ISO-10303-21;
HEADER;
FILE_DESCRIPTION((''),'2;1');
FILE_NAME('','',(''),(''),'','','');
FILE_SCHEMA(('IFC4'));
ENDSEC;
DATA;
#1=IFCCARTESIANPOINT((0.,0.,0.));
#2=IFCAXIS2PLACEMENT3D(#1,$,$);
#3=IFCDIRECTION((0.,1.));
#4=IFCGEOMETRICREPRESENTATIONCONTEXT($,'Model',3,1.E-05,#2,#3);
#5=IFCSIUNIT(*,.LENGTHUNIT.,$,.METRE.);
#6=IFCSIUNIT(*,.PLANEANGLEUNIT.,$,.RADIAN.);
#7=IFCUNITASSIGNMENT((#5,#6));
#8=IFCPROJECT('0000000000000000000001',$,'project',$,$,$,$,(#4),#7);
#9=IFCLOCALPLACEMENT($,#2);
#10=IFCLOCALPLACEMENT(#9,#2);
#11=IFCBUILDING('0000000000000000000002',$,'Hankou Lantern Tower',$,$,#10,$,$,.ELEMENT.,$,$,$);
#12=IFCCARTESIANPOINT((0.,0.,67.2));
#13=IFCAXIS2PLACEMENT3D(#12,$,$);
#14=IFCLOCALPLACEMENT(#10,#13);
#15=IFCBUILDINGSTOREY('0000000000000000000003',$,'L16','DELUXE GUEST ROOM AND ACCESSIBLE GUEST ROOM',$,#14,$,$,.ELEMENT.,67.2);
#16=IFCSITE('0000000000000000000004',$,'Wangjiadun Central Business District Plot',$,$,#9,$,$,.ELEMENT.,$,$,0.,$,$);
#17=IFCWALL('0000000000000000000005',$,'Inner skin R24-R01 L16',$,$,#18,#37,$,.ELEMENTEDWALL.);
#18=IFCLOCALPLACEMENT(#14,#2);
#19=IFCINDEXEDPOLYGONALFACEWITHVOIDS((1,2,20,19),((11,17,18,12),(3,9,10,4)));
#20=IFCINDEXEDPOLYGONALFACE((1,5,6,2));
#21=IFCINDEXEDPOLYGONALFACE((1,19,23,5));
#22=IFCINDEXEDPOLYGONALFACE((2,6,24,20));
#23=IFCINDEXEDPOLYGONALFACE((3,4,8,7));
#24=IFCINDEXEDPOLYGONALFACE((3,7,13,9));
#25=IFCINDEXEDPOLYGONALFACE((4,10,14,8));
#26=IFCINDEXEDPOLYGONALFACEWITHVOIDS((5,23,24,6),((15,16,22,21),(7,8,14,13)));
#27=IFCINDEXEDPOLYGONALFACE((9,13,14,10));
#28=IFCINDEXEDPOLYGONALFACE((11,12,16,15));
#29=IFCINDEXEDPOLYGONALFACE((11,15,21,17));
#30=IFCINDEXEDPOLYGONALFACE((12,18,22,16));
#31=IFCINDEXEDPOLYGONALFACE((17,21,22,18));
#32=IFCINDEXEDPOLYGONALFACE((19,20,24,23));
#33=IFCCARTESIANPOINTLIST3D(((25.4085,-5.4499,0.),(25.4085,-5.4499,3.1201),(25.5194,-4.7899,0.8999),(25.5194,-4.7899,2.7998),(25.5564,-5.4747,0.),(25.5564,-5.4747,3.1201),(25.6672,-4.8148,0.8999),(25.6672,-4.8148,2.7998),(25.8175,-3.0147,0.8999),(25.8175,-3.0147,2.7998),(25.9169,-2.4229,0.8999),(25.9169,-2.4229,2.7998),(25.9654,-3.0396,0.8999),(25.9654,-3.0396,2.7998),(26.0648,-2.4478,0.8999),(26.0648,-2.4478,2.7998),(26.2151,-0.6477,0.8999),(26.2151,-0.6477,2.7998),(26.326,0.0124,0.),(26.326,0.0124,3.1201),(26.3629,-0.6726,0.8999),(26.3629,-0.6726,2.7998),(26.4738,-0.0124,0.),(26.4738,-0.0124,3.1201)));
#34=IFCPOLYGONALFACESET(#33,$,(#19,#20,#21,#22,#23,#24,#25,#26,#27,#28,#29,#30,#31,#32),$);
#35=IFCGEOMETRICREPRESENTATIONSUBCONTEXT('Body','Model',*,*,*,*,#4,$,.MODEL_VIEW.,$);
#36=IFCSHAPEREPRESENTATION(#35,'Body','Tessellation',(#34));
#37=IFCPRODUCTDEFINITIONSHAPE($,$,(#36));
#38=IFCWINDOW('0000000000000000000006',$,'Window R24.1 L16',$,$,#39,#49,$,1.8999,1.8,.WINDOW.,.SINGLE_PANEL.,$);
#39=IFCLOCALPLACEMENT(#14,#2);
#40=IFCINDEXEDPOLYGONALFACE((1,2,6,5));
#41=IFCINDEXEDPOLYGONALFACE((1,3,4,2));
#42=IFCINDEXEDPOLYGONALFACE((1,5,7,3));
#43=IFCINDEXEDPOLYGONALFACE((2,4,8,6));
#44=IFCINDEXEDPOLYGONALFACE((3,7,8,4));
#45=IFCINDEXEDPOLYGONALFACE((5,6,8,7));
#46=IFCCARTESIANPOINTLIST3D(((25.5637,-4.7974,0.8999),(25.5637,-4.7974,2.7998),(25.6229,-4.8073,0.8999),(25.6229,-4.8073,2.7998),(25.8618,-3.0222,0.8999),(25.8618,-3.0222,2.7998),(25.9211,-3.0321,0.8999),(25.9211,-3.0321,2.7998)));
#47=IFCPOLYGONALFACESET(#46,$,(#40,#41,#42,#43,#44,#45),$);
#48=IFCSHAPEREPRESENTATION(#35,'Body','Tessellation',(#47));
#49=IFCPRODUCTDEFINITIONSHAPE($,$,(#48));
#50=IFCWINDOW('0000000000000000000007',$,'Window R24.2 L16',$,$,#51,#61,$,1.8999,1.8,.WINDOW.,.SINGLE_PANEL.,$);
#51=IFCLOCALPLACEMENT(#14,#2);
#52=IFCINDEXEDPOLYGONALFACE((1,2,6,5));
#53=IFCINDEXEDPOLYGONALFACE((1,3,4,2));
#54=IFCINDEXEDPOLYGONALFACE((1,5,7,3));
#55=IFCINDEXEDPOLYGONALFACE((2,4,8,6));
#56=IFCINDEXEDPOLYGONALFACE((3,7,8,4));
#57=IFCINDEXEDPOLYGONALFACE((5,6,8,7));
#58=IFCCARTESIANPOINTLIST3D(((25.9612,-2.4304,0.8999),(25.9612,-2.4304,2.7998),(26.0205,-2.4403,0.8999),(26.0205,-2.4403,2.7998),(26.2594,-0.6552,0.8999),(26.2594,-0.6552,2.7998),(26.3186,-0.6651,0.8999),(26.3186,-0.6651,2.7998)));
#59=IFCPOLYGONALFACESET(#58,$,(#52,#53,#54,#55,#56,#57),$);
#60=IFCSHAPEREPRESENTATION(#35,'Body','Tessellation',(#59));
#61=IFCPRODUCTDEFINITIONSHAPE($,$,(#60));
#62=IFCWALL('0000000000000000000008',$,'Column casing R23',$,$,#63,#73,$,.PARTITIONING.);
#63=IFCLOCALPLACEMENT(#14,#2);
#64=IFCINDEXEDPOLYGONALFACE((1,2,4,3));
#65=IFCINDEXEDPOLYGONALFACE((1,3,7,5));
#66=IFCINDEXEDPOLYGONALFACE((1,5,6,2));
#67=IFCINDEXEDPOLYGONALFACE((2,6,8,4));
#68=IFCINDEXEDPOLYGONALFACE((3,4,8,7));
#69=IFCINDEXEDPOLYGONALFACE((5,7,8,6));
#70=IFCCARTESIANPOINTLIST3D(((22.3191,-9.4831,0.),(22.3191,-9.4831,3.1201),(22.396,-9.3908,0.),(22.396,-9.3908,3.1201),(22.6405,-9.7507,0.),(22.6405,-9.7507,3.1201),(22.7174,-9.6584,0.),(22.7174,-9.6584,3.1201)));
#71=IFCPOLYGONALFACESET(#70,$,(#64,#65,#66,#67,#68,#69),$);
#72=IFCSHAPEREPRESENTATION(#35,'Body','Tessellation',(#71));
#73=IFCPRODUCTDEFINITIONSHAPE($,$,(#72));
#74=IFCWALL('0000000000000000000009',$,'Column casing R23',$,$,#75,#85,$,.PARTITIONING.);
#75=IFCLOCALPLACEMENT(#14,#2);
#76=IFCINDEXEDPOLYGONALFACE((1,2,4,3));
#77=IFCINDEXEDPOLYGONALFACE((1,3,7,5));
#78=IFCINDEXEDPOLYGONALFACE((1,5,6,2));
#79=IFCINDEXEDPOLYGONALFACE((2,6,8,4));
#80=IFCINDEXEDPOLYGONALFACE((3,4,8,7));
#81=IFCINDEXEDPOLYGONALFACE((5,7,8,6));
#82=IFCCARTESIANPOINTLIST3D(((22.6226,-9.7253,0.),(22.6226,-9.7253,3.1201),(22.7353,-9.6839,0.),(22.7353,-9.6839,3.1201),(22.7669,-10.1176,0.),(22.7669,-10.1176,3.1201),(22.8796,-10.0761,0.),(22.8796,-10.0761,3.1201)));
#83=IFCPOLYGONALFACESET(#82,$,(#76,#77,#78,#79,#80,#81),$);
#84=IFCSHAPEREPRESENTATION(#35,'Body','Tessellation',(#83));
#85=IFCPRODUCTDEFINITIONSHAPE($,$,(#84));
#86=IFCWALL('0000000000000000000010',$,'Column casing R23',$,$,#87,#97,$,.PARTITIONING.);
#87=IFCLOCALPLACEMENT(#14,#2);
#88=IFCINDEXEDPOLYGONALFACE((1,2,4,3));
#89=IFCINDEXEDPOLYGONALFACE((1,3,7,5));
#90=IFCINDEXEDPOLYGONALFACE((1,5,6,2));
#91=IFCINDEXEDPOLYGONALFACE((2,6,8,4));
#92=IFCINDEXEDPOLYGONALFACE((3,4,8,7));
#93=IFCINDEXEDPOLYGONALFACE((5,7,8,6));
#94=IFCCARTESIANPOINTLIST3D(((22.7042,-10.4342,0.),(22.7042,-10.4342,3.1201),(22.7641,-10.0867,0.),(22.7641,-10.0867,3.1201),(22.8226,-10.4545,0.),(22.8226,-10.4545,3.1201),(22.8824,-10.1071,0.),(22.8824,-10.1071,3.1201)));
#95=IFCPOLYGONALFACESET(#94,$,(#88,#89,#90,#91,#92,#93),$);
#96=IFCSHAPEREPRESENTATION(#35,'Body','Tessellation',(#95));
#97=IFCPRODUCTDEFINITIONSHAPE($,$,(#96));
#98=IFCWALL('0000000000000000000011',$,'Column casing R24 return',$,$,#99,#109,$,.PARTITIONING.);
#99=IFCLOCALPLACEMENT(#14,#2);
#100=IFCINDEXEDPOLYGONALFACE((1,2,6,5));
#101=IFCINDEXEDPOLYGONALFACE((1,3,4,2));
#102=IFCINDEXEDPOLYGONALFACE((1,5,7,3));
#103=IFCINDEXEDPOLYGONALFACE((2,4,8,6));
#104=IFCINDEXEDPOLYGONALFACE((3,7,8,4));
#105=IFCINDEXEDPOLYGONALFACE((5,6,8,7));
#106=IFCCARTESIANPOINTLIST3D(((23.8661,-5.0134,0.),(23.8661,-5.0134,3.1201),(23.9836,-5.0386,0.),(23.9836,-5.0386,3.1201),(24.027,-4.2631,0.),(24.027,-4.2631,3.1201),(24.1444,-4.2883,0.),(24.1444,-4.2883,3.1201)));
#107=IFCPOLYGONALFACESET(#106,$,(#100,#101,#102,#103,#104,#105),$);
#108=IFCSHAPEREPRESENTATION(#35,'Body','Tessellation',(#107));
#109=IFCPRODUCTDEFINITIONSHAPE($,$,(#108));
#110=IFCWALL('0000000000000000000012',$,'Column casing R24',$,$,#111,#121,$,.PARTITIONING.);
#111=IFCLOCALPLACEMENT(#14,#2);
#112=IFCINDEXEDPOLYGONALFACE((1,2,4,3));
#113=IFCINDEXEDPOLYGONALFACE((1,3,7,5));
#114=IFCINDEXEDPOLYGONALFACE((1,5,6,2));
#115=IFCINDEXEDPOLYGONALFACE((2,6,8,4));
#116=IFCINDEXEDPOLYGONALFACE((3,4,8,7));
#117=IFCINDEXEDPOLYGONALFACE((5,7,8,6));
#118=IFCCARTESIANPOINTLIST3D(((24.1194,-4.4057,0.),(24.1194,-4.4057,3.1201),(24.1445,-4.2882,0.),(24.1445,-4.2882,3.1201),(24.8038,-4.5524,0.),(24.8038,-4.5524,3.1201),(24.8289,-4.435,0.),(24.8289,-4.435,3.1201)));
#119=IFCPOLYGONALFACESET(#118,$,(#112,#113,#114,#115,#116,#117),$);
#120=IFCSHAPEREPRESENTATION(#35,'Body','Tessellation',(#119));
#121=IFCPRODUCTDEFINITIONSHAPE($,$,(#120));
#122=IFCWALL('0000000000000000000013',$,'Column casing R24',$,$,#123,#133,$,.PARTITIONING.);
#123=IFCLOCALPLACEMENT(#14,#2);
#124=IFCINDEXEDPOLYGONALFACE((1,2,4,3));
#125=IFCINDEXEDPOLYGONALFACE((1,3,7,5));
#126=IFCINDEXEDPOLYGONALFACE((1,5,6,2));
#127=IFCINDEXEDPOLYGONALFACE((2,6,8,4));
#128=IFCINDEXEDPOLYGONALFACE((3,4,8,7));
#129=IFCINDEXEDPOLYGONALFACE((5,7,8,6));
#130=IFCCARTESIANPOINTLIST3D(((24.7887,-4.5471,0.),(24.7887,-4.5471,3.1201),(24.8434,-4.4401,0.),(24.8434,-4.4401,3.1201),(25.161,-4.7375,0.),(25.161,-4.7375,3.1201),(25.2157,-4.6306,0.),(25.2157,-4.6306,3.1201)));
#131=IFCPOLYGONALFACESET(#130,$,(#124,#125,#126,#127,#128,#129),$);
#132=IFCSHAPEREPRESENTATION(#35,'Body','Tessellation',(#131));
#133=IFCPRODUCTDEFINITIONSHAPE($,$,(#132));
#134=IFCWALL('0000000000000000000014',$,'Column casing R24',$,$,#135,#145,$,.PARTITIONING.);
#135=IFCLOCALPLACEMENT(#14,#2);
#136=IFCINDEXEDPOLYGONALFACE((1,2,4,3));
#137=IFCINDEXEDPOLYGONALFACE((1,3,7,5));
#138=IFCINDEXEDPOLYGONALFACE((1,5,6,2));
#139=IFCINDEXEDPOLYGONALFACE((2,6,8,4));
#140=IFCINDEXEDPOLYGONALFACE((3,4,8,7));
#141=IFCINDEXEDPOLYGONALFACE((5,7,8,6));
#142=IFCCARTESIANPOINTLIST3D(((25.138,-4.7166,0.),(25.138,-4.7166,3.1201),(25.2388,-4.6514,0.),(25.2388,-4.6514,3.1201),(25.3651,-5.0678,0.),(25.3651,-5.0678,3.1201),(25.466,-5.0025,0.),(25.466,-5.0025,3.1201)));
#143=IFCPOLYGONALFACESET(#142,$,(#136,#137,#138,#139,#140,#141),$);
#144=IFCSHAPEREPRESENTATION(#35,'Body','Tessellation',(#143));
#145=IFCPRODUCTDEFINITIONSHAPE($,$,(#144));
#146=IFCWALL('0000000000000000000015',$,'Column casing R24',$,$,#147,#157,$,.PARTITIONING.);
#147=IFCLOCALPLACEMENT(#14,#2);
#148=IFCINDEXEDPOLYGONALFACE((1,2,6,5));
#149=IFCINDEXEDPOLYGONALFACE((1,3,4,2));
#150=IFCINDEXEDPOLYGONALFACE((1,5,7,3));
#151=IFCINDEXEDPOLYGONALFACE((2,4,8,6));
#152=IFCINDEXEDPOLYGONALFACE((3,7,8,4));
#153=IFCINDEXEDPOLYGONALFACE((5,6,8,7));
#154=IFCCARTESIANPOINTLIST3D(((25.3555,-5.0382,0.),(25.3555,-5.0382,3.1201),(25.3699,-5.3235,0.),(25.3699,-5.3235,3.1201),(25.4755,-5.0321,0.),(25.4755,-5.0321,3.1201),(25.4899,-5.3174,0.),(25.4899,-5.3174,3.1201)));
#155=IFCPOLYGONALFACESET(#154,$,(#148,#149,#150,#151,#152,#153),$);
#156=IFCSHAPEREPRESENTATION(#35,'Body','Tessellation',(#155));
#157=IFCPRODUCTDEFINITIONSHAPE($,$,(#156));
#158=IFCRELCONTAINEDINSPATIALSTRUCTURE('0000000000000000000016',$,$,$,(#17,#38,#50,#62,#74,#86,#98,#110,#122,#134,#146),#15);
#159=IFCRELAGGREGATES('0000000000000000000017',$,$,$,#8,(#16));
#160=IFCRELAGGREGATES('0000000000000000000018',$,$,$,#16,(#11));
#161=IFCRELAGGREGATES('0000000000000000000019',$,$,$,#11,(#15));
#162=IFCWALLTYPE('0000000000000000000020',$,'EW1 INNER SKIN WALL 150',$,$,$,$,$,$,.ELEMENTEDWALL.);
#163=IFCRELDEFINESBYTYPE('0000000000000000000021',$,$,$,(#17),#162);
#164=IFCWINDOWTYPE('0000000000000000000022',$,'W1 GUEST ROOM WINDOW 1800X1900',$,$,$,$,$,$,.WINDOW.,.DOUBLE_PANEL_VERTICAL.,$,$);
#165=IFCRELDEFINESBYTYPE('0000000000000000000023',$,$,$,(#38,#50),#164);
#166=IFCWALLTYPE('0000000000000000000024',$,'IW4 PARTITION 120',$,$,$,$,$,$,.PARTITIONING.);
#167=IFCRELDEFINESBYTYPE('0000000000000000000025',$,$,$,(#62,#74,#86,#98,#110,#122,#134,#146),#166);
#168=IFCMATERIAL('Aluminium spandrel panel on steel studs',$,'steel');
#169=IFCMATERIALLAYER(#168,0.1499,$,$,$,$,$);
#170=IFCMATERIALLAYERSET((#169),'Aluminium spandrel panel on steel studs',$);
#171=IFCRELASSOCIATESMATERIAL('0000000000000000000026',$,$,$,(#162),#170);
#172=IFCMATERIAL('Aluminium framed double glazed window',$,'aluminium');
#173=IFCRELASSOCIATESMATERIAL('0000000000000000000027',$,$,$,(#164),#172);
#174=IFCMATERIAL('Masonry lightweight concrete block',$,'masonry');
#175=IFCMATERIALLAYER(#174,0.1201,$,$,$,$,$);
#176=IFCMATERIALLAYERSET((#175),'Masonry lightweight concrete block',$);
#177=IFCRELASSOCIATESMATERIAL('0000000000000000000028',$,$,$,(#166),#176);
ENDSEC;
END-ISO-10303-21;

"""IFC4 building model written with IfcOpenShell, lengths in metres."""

from ifc_helpers import new_model, si_unit, direction, frame, frame_2d, origin, place, context, subcontext, project, spatial, rectangle, extrude, material, layer, layer_set, type_object, element, fill, save


model = new_model("IFC4")

# Units and contexts
model_context = context("Model", 3, precision=1e-05, world=origin(), true_north=direction((0.0, 1.0)))
body_context = subcontext(model_context, "Body", "Model", "MODEL_VIEW")
ifc_project = project(units=[si_unit("LENGTHUNIT", "METRE"), si_unit("PLANEANGLEUNIT", "RADIAN")], contexts=[model_context])

# Site, building, storey
site_placement = place(None, origin())
site = spatial("IfcSite", under=ifc_project, at=site_placement, Name="Wangjiadun Central Business District Plot", CompositionType="ELEMENT", RefElevation=0.0)
building_placement = place(site_placement, origin())
building = spatial("IfcBuilding", under=site, at=building_placement, Name="Hankou Lantern Tower", CompositionType="ELEMENT")
storey_placement = place(building_placement, frame((0.0, 0.0, 67.2)))
storey = spatial("IfcBuildingStorey", under=building, at=storey_placement, Name="L16", Description="DELUXE GUEST ROOM AND ACCESSIBLE GUEST ROOM", CompositionType="ELEMENT", Elevation=67.2)

# Wall, openings, windows
ifc_material_1 = material(Name="Aluminium spandrel panel on steel studs", Category="steel")
ifc_layer_1 = layer(ifc_material_1, 0.1499)
ifc_layer_set_1 = layer_set([ifc_layer_1], Name="Aluminium spandrel panel on steel studs")
wall_type_1 = type_object("IfcWallType", Name="EW1 INNER SKIN WALL 150", PredefinedType="ELEMENTEDWALL", material=ifc_layer_set_1)
wall_1_placement = place(storey_placement, frame((25.4824, -5.4624, 0.0), z_axis=(0.0, 0.0, 1.0), x_axis=(0.165643, 0.986186, 0.0)))
wall_1 = element("IfcWall", 1, at=wall_1_placement, inside=storey, type_object=wall_type_1, Name="Inner skin R24-R01 L16", PredefinedType="ELEMENTEDWALL", context=body_context, shape_type="SweptSolid", body=[
    extrude(rectangle(XDim=5.5388, YDim=0.1499, at=frame_2d((2.7695, 0.0))), origin(), (0.0, 0.0, 1.0), 3.1201),
])
opening_1_placement = place(wall_1_placement, frame((0.6694, 0.0, 0.8999)))
opening_1 = element("IfcOpeningElement", 2, at=opening_1_placement, cuts=wall_1, PredefinedType="OPENING", context=body_context, shape_type="SweptSolid", body=[
    extrude(rectangle(XDim=1.8, YDim=1.8999, at=frame_2d((0.8999, 0.95))), frame((0.0, 0.085, 0.0), z_axis=(0.0, -1.0, 0.0), x_axis=(1.0, 0.0, 0.0)), (0.0, 0.0, 1.0), 0.1699),
])
opening_2_placement = place(wall_1_placement, frame((3.0696, 0.0, 0.8999)))
opening_2 = element("IfcOpeningElement", 3, at=opening_2_placement, cuts=wall_1, PredefinedType="OPENING", context=body_context, shape_type="SweptSolid", body=[
    extrude(rectangle(XDim=1.8, YDim=1.8999, at=frame_2d((0.8999, 0.95))), frame((0.0, 0.085, 0.0), z_axis=(0.0, -1.0, 0.0), x_axis=(1.0, 0.0, 0.0)), (0.0, 0.0, 1.0), 0.1699),
])
ifc_material_2 = material(Name="Aluminium framed double glazed window", Category="aluminium")
window_type = type_object("IfcWindowType", Name="W1 GUEST ROOM WINDOW 1800X1900", PartitioningType="DOUBLE_PANEL_VERTICAL", PredefinedType="WINDOW", material=ifc_material_2)
window_1_placement = place(opening_1_placement, origin())
window_1 = element("IfcWindow", 4, at=window_1_placement, inside=storey, type_object=window_type, Name="Window R24.1 L16", OverallHeight=1.8999, OverallWidth=1.8, PartitioningType="SINGLE_PANEL", PredefinedType="WINDOW", context=body_context, shape_type="SweptSolid", body=[
    extrude(rectangle(XDim=1.8, YDim=1.8999, at=frame_2d((0.8999, 0.95))), frame((0.0, 0.03, 0.0), z_axis=(0.0, -1.0, 0.0), x_axis=(1.0, 0.0, 0.0)), (0.0, 0.0, 1.0), 0.0601),
])
fill(opening_1, window_1)
window_2_placement = place(opening_2_placement, origin())
window_2 = element("IfcWindow", 5, at=window_2_placement, inside=storey, type_object=window_type, Name="Window R24.2 L16", OverallHeight=1.8999, OverallWidth=1.8, PartitioningType="SINGLE_PANEL", PredefinedType="WINDOW", context=body_context, shape_type="SweptSolid", body=[
    extrude(rectangle(XDim=1.8, YDim=1.8999, at=frame_2d((0.8999, 0.95))), frame((0.0, 0.03, 0.0), z_axis=(0.0, -1.0, 0.0), x_axis=(1.0, 0.0, 0.0)), (0.0, 0.0, 1.0), 0.0601),
])
fill(opening_2, window_2)

# Walls
ifc_material_3 = material(Name="Masonry lightweight concrete block", Category="masonry")
ifc_layer_2 = layer(ifc_material_3, 0.1201)
ifc_layer_set_2 = layer_set([ifc_layer_2], Name="Masonry lightweight concrete block")
wall_type_2 = type_object("IfcWallType", Name="IW4 PARTITION 120", PredefinedType="PARTITIONING", material=ifc_layer_set_2)
wall_2_placement = place(storey_placement, frame((22.3577, -9.437, 0.0), z_axis=(0.0, 0.0, 1.0), x_axis=(0.768413, -0.639955, 0.0)))
element("IfcWall", 6, at=wall_2_placement, inside=storey, type_object=wall_type_2, Name="Column casing R23", PredefinedType="PARTITIONING", context=body_context, shape_type="SweptSolid", body=[
    extrude(rectangle(XDim=0.4182, YDim=0.1201, at=frame_2d((0.209, 0.0))), origin(), (0.0, 0.0, 1.0), 3.1201),
])
wall_3_placement = place(storey_placement, frame((22.679, -9.7046, 0.0), z_axis=(0.0, 0.0, 1.0), x_axis=(0.345164, -0.938542, 0.0)))
element("IfcWall", 7, at=wall_3_placement, inside=storey, type_object=wall_type_2, Name="Column casing R23", PredefinedType="PARTITIONING", context=body_context, shape_type="SweptSolid", body=[
    extrude(rectangle(XDim=0.418, YDim=0.1201, at=frame_2d((0.209, 0.0))), origin(), (0.0, 0.0, 1.0), 3.1201),
])
wall_4_placement = place(storey_placement, frame((22.8232, -10.0969, 0.0), z_axis=(0.0, 0.0, 1.0), x_axis=(-0.169675, -0.9855, 0.0)))
element("IfcWall", 8, at=wall_4_placement, inside=storey, type_object=wall_type_2, Name="Column casing R23", PredefinedType="PARTITIONING", context=body_context, shape_type="SweptSolid", body=[
    extrude(rectangle(XDim=0.3525, YDim=0.1201, at=frame_2d((0.1763, 0.0))), origin(), (0.0, 0.0, 1.0), 3.1201),
])
wall_5_placement = place(storey_placement, frame((23.9248, -5.0261, 0.0), z_axis=(0.0, 0.0, 1.0), x_axis=(0.209681, 0.97777, 0.0)))
element("IfcWall", 9, at=wall_5_placement, inside=storey, type_object=wall_type_2, Name="Column casing R24 return", PredefinedType="PARTITIONING", context=body_context, shape_type="SweptSolid", body=[
    extrude(rectangle(XDim=0.7673, YDim=0.1201, at=frame_2d((0.3838, 0.0))), origin(), (0.0, 0.0, 1.0), 3.1201),
])
wall_6_placement = place(storey_placement, frame((24.1318, -4.3469, 0.0), z_axis=(0.0, 0.0, 1.0), x_axis=(0.977777, -0.209648, 0.0)))
element("IfcWall", 10, at=wall_6_placement, inside=storey, type_object=wall_type_2, Name="Column casing R24", PredefinedType="PARTITIONING", context=body_context, shape_type="SweptSolid", body=[
    extrude(rectangle(XDim=0.7, YDim=0.1201, at=frame_2d((0.3501, 0.0))), origin(), (0.0, 0.0, 1.0), 3.1201),
])
for number, where, z_axis, x_axis, name in (
    (11, (24.8162, -4.4937, 0.0), (0.0, 0.0, 1.0), (0.890303, -0.455368, 0.0), "Column casing R24"),
    (12, (25.1885, -4.6841, 0.0), (0.0, 0.0, 1.0), (0.543058, -0.839695, 0.0), "Column casing R24"),
):
    element("IfcWall", number, at=place(storey_placement, frame(where, z_axis=z_axis, x_axis=x_axis)), inside=storey, type_object=wall_type_2, Name=name, PredefinedType="PARTITIONING", context=body_context, shape_type="SweptSolid", body=[
        extrude(rectangle(XDim=0.4182, YDim=0.1201, at=frame_2d((0.209, 0.0))), origin(), (0.0, 0.0, 1.0), 3.1201),
    ])
wall_7_placement = place(storey_placement, frame((25.4155, -5.0352, 0.0), z_axis=(0.0, 0.0, 1.0), x_axis=(0.050406, -0.998729, 0.0)))
element("IfcWall", 13, at=wall_7_placement, inside=storey, type_object=wall_type_2, Name="Column casing R24", PredefinedType="PARTITIONING", context=body_context, shape_type="SweptSolid", body=[
    extrude(rectangle(XDim=0.2856, YDim=0.1201, at=frame_2d((0.1428, 0.0))), origin(), (0.0, 0.0, 1.0), 3.1201),
])

save(model, "model.ifc")
